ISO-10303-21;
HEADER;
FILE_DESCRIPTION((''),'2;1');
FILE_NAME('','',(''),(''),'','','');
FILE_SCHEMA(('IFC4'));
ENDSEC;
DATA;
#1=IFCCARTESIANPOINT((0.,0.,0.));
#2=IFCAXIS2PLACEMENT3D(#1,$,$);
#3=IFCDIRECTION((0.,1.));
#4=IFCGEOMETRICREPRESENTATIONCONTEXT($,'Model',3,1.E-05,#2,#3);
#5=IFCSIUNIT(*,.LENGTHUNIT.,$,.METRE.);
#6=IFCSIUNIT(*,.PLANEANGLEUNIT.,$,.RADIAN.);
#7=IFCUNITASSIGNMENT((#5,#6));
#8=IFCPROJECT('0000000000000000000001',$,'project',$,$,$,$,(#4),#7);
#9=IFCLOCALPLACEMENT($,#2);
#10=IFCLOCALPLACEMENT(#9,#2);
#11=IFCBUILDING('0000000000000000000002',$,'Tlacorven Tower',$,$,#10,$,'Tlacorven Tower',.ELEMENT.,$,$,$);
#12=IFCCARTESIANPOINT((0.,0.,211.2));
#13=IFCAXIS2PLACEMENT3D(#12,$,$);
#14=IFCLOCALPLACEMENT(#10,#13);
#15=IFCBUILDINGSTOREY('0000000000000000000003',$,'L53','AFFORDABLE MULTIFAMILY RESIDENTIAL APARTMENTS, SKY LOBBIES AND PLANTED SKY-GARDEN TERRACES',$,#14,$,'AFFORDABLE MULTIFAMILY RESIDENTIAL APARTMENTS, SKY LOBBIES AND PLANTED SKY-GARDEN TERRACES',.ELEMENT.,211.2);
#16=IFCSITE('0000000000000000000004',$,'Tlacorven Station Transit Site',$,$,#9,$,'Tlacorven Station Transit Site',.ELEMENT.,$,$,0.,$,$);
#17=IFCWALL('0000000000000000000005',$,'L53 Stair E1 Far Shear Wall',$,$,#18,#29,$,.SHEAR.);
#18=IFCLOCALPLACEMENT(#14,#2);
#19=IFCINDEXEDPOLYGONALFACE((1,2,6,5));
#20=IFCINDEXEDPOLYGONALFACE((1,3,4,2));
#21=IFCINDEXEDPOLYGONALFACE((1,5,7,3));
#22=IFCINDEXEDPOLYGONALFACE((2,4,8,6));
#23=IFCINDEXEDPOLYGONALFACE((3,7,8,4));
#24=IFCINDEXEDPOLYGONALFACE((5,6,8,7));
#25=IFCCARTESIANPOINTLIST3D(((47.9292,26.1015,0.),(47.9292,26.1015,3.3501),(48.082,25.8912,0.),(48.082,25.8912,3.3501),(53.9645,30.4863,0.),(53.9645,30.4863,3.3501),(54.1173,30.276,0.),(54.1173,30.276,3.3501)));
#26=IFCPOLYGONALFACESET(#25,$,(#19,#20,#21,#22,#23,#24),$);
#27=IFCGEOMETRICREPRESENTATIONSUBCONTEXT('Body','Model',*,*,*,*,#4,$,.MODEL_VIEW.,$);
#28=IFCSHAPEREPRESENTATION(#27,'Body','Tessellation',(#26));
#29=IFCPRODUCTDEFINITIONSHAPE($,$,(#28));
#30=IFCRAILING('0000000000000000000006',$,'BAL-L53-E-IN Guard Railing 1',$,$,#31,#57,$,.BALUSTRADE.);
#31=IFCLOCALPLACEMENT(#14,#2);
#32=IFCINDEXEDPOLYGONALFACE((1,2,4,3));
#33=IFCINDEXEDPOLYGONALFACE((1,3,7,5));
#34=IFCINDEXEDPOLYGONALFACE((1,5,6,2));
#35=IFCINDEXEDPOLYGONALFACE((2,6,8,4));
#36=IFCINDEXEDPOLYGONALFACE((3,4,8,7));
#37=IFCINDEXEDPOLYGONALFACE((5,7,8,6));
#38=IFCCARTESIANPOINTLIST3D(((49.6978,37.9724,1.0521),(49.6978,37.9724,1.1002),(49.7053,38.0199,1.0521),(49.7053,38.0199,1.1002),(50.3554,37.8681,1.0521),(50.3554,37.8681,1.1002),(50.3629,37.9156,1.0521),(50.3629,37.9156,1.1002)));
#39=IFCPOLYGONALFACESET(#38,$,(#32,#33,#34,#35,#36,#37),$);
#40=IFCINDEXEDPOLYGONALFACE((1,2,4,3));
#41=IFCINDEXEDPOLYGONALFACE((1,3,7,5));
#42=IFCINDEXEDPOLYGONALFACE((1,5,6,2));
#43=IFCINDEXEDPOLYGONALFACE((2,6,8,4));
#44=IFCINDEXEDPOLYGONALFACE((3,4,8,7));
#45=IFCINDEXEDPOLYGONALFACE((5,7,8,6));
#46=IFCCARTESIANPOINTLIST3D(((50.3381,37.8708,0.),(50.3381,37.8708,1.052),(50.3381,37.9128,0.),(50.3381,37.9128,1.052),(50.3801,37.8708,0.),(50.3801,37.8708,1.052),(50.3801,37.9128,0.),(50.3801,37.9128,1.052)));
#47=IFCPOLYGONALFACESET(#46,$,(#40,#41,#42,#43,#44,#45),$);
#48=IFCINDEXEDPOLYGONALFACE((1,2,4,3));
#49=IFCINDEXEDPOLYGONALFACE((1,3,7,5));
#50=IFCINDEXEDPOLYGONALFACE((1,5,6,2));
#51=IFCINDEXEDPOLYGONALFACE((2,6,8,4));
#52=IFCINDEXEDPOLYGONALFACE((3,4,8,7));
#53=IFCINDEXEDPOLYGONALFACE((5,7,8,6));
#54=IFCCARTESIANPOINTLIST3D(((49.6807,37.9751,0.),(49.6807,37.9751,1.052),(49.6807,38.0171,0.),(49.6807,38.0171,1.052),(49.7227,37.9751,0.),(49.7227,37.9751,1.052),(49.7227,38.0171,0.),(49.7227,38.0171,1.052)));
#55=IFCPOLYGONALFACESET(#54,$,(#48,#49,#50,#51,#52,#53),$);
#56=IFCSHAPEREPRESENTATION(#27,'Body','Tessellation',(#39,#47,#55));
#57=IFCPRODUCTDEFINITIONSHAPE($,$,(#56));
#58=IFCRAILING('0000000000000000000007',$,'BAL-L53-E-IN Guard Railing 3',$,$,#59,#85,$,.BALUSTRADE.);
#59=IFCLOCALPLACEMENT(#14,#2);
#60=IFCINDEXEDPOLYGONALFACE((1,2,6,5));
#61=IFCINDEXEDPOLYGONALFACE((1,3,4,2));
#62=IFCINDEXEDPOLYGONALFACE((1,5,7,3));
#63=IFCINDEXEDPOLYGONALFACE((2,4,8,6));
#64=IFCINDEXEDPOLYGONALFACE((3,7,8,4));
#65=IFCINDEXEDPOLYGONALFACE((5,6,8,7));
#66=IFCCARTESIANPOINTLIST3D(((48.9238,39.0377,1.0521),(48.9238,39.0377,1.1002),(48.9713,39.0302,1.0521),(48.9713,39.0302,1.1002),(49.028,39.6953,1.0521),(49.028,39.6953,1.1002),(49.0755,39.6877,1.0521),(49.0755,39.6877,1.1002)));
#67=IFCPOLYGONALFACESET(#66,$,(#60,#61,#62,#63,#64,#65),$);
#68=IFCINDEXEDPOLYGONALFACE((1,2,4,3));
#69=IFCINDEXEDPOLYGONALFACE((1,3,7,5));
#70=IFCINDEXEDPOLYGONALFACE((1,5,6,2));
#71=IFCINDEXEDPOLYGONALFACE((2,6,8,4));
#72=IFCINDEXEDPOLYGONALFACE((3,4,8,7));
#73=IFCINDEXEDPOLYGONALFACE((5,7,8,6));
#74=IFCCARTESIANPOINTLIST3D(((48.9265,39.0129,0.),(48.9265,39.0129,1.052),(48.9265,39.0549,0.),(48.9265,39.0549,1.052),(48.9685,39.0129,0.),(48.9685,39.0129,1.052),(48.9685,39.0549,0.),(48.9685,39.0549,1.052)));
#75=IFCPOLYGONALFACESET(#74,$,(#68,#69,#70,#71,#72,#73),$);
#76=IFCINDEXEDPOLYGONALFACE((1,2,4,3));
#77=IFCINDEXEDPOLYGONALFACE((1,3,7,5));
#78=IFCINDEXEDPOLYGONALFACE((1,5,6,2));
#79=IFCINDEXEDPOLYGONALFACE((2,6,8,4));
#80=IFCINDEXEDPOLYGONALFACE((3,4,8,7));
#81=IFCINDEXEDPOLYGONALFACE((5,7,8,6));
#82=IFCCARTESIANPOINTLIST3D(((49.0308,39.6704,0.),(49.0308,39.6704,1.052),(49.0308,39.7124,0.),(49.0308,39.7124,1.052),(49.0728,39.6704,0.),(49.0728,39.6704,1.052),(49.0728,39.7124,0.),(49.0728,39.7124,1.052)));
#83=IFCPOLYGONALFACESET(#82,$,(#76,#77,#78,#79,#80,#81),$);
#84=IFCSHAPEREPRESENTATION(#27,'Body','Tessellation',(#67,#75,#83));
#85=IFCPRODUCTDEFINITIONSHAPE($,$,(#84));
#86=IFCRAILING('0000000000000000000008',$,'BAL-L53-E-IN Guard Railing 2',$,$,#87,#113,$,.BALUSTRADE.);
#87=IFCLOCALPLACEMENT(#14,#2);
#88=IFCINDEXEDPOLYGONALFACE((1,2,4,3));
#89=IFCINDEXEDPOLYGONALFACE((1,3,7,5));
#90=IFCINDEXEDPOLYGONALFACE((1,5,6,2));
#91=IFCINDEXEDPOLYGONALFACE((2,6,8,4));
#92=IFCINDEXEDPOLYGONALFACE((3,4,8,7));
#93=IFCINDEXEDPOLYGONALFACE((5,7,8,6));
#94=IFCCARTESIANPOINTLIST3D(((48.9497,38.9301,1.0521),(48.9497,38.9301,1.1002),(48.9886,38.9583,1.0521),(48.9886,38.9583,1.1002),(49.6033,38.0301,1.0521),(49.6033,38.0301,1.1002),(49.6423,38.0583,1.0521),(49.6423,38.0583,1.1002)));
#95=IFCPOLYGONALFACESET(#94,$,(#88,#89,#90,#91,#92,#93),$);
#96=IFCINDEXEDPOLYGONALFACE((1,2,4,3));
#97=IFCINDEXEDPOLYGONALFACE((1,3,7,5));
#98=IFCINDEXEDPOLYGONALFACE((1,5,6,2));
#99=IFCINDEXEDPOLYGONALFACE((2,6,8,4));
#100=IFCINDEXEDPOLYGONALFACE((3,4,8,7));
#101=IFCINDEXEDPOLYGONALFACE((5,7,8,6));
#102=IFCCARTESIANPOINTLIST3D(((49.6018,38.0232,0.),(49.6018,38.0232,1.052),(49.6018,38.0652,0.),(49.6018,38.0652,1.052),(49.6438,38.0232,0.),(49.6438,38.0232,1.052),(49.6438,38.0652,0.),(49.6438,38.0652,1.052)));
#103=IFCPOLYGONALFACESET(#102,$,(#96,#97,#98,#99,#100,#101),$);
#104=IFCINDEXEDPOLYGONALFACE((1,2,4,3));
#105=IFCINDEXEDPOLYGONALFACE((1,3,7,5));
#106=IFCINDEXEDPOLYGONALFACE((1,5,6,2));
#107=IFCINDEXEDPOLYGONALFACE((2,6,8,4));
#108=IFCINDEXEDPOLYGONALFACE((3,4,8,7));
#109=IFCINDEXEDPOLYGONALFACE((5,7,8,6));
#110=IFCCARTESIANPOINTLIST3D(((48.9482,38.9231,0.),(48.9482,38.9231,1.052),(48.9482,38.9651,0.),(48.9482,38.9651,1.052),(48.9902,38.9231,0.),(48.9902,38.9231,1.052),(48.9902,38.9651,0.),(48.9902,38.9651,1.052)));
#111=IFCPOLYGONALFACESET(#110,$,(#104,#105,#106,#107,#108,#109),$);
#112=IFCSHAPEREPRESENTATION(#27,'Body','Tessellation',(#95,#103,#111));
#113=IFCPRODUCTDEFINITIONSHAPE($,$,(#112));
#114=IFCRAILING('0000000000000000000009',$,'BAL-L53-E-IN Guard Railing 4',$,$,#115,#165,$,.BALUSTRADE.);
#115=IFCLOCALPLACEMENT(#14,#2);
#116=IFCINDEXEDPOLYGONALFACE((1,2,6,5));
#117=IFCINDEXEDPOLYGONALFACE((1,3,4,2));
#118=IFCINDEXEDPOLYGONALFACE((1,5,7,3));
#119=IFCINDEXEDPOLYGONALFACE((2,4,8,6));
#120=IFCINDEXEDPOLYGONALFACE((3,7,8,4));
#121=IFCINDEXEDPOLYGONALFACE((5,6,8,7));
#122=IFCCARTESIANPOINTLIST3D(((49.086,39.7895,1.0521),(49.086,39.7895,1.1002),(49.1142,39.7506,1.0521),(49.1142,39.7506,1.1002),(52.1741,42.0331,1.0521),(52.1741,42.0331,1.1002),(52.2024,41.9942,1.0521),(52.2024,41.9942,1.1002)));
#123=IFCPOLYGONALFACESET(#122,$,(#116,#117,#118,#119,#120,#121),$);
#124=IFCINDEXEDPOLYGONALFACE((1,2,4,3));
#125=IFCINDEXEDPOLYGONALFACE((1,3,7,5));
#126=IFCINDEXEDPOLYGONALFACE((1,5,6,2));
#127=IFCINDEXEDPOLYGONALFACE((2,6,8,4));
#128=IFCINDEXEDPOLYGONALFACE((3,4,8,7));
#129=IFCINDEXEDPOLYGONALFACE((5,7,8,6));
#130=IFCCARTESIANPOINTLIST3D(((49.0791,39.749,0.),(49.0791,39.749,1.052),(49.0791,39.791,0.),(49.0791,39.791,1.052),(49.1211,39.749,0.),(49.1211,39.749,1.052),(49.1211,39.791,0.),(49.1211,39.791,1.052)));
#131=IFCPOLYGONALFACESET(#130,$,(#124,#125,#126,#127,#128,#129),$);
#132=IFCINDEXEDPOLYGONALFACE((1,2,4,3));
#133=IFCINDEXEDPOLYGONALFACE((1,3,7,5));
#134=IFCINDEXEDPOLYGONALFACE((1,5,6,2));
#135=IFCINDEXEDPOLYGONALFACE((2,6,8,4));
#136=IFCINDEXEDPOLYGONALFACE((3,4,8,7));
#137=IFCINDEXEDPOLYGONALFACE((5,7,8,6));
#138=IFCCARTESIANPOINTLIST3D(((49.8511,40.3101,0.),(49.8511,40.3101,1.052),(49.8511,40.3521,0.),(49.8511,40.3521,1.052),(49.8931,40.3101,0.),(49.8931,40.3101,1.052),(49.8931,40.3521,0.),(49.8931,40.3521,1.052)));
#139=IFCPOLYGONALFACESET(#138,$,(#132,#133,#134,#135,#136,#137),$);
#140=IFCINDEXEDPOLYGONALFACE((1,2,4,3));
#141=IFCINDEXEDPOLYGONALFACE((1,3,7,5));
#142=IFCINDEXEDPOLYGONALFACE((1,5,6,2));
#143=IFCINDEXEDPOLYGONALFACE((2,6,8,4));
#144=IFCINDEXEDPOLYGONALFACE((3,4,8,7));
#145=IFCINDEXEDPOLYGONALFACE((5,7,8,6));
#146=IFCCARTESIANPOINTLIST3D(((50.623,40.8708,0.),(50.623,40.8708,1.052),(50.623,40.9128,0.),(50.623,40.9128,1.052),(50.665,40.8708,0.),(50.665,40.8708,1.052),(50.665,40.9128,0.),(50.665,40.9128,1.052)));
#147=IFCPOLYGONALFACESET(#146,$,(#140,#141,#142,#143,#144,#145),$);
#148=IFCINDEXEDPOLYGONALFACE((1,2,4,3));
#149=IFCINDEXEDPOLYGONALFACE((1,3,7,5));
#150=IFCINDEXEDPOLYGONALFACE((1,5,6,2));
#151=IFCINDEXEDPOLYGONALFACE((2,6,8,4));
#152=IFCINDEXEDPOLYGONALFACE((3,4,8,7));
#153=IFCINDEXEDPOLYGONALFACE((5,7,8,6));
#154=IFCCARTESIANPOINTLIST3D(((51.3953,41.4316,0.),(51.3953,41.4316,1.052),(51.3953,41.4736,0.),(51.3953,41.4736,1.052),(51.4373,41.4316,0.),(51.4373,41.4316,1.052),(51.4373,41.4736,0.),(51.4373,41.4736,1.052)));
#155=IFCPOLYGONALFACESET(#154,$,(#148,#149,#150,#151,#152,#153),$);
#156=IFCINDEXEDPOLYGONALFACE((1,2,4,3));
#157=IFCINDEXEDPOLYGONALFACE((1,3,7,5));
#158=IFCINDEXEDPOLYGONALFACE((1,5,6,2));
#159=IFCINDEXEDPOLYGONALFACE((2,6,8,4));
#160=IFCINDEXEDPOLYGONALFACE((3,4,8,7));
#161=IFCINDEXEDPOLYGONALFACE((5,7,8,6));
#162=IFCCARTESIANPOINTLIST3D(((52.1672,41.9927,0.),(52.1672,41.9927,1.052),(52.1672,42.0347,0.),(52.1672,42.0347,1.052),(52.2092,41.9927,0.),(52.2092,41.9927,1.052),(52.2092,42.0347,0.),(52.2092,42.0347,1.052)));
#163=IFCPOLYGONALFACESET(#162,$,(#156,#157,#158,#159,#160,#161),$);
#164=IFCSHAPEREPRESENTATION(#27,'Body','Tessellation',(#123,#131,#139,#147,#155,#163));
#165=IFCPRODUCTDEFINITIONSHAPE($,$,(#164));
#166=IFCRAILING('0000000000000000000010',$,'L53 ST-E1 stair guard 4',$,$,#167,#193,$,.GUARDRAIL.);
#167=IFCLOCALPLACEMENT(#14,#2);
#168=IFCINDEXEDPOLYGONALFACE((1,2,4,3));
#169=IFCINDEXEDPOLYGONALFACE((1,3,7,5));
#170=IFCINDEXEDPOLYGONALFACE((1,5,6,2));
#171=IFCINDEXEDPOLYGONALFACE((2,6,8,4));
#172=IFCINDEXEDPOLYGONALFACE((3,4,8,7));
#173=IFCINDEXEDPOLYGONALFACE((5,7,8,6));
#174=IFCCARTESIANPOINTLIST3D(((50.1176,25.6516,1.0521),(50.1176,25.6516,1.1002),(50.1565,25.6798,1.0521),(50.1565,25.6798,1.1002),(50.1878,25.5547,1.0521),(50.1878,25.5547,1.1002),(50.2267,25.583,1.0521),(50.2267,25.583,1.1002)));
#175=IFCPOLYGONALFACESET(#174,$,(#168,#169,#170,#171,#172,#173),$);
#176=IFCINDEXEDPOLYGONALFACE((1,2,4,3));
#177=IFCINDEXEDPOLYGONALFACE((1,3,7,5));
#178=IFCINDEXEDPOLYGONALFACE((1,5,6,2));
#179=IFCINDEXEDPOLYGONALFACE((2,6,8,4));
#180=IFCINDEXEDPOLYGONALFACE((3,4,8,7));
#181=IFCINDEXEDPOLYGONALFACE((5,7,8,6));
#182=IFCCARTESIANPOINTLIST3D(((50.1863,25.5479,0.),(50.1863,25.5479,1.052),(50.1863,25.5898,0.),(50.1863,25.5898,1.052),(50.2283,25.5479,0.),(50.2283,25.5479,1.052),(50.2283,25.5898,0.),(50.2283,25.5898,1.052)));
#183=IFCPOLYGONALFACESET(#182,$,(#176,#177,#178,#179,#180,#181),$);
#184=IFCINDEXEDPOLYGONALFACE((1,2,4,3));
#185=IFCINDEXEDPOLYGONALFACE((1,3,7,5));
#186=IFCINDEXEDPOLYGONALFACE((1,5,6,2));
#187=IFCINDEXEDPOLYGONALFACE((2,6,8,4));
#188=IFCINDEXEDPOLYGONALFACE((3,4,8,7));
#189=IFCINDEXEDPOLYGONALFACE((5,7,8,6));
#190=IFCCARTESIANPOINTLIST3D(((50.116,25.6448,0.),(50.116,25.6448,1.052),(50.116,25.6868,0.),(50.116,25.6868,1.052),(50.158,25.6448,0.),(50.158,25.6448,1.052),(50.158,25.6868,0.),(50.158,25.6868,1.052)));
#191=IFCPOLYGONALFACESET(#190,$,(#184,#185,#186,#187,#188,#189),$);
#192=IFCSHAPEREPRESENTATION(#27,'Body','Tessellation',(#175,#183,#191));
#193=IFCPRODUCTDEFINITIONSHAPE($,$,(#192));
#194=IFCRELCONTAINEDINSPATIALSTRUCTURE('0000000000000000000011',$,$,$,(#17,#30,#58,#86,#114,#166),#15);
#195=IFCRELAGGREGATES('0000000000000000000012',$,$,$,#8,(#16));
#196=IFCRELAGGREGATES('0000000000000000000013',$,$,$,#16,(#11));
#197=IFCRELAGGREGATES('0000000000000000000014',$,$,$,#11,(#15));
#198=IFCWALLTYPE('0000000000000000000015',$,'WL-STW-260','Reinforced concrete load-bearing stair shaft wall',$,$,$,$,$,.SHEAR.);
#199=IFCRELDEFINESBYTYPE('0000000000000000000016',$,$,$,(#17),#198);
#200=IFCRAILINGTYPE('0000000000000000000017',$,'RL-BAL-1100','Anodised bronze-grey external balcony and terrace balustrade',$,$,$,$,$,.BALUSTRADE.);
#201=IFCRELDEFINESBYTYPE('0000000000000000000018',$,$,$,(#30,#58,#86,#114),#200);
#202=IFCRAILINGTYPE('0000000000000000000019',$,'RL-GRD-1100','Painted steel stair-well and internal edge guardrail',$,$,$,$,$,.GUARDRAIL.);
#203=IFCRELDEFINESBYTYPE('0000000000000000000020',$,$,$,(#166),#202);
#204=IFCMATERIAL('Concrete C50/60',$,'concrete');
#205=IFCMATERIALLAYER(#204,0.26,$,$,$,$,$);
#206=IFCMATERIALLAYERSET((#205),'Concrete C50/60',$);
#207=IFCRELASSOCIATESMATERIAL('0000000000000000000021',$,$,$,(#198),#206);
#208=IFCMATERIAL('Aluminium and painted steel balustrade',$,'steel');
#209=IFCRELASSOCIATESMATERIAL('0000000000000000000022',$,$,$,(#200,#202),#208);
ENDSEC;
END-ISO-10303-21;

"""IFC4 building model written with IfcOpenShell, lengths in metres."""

from ifc_helpers import new_model, si_unit, direction, frame, frame_2d, origin, origin_2d, place, context, subcontext, project, spatial, rectangle, extrude, source, transform, mapped, material, layer, layer_set, type_object, element, save


model = new_model("IFC4")

# Units and contexts
model_context = context("Model", 3, precision=1e-05, world=origin(), true_north=direction((0.0, 1.0)))
body_context = subcontext(model_context, "Body", "Model", "MODEL_VIEW")
ifc_project = project(units=[si_unit("LENGTHUNIT", "METRE"), si_unit("PLANEANGLEUNIT", "RADIAN")], contexts=[model_context])

# Site, building, storey
site_placement = place(None, origin())
site = spatial("IfcSite", under=ifc_project, at=site_placement, Name="Tlacorven Station Transit Site", LongName="Tlacorven Station Transit Site", CompositionType="ELEMENT", RefElevation=0.0)
building_placement = place(site_placement, origin())
building = spatial("IfcBuilding", under=site, at=building_placement, Name="Tlacorven Tower", LongName="Tlacorven Tower", CompositionType="ELEMENT")
storey_placement = place(building_placement, frame((0.0, 0.0, 211.2)))
storey = spatial("IfcBuildingStorey", under=building, at=storey_placement, Name="L53", Description="AFFORDABLE MULTIFAMILY RESIDENTIAL APARTMENTS, SKY LOBBIES AND PLANTED SKY-GARDEN TERRACES", LongName="AFFORDABLE MULTIFAMILY RESIDENTIAL APARTMENTS, SKY LOBBIES AND PLANTED SKY-GARDEN TERRACES", CompositionType="ELEMENT", Elevation=211.2)

# Wall
ifc_material_1 = material(Name="Concrete C50/60", Category="concrete")
ifc_layer_1 = layer(ifc_material_1, 0.26)
ifc_layer_set_1 = layer_set([ifc_layer_1], Name="Concrete C50/60")
wall_type_1 = type_object("IfcWallType", Name="WL-STW-260", Description="Reinforced concrete load-bearing stair shaft wall", PredefinedType="SHEAR", material=ifc_layer_set_1)
wall_1_placement = place(storey_placement, frame((48.0056, 25.9963, 0.0), z_axis=(0.0, 0.0, 1.0), x_axis=(0.809019, 0.587782, 0.0)))
element("IfcWall", 1, at=wall_1_placement, inside=storey, type_object=wall_type_1, Name="L53 Stair E1 Far Shear Wall", PredefinedType="SHEAR", context=body_context, shape_type="SweptSolid", body=[
    extrude(rectangle(XDim=7.46, YDim=0.26, at=frame_2d((3.73, 0.0))), origin(), (0.0, 0.0, 1.0), 3.3501),
])

# Railings
ifc_material_2 = material(Name="Aluminium and painted steel balustrade", Category="steel")
railing_type_1 = type_object("IfcRailingType", Name="RL-BAL-1100", Description="Anodised bronze-grey external balcony and terrace balustrade", PredefinedType="BALUSTRADE", material=ifc_material_2)
shared_shape_1 = source(origin(), body_context, "Body", "SweptSolid", [
    extrude(rectangle(XDim=0.0481, YDim=0.0481, at=origin_2d()), frame((0.0, 0.0, 1.0762), z_axis=(-0.987662, 0.156603, 0.0), x_axis=(-0.156603, -0.987662, 0.0)), (0.0, 0.0, 1.0), 0.6658),
    extrude(rectangle(XDim=0.042, YDim=0.042, at=origin_2d()), origin(), (0.0, 0.0, 1.0), 1.052),
    extrude(rectangle(XDim=0.042, YDim=0.042, at=origin_2d()), frame((-0.6575, 0.1042, 0.0)), (0.0, 0.0, 1.0), 1.052),
])
railing_1_placement = place(storey_placement, frame((50.3591, 37.8918, 0.0)))
element("IfcRailing", 2, at=railing_1_placement, inside=storey, type_object=railing_type_1, Name="BAL-L53-E-IN Guard Railing 1", PredefinedType="BALUSTRADE", context=body_context, shape_type="MappedRepresentation", body=[
    mapped(shared_shape_1, transform((0.0, 0.0, 0.0), scale=1.0)),
])
shared_shape_2 = source(origin(), body_context, "Body", "SweptSolid", [
    extrude(rectangle(XDim=0.0481, YDim=0.0481, at=origin_2d()), frame((0.0, 0.0, 1.0762), z_axis=(0.156603, 0.987662, 0.0), x_axis=(-0.987662, 0.156603, 0.0)), (0.0, 0.0, 1.0), 0.6658),
    extrude(rectangle(XDim=0.042, YDim=0.042, at=origin_2d()), origin(), (0.0, 0.0, 1.0), 1.052),
    extrude(rectangle(XDim=0.042, YDim=0.042, at=origin_2d()), frame((0.1042, 0.6575, 0.0)), (0.0, 0.0, 1.0), 1.052),
])
railing_2_placement = place(storey_placement, frame((48.9475, 39.0339, 0.0)))
element("IfcRailing", 3, at=railing_2_placement, inside=storey, type_object=railing_type_1, Name="BAL-L53-E-IN Guard Railing 3", PredefinedType="BALUSTRADE", context=body_context, shape_type="MappedRepresentation", body=[
    mapped(shared_shape_2, transform((0.0, 0.0, 0.0), scale=1.0)),
])
shared_shape_3 = source(origin(), body_context, "Body", "SweptSolid", [
    extrude(rectangle(XDim=0.0481, YDim=0.0481, at=origin_2d()), frame((0.0, 0.0, 1.0762), z_axis=(-0.587636, 0.809125, 0.0), x_axis=(-0.809125, -0.587636, 0.0)), (0.0, 0.0, 1.0), 1.1123),
    extrude(rectangle(XDim=0.042, YDim=0.042, at=origin_2d()), origin(), (0.0, 0.0, 1.0), 1.052),
    extrude(rectangle(XDim=0.042, YDim=0.042, at=origin_2d()), frame((-0.6536, 0.8999, 0.0)), (0.0, 0.0, 1.0), 1.052),
])
railing_3_placement = place(storey_placement, frame((49.6228, 38.0442, 0.0)))
element("IfcRailing", 4, at=railing_3_placement, inside=storey, type_object=railing_type_1, Name="BAL-L53-E-IN Guard Railing 2", PredefinedType="BALUSTRADE", context=body_context, shape_type="MappedRepresentation", body=[
    mapped(shared_shape_3, transform((0.0, 0.0, 0.0), scale=1.0)),
])
shared_shape_4 = source(origin(), body_context, "Body", "SweptSolid", [
    extrude(rectangle(XDim=0.0481, YDim=0.0481, at=origin_2d()), frame((0.0, 0.0, 1.0762), z_axis=(0.809018, 0.587784, 0.0), x_axis=(-0.587784, 0.809018, 0.0)), (0.0, 0.0, 1.0), 3.8171),
    extrude(rectangle(XDim=0.042, YDim=0.042, at=origin_2d()), origin(), (0.0, 0.0, 1.0), 1.052),
    extrude(rectangle(XDim=0.042, YDim=0.042, at=origin_2d()), frame((0.772, 0.561, 0.0)), (0.0, 0.0, 1.0), 1.052),
    extrude(rectangle(XDim=0.042, YDim=0.042, at=origin_2d()), frame((1.5439, 1.1218, 0.0)), (0.0, 0.0, 1.0), 1.052),
    extrude(rectangle(XDim=0.042, YDim=0.042, at=origin_2d()), frame((2.3162, 1.6826, 0.0)), (0.0, 0.0, 1.0), 1.052),
    extrude(rectangle(XDim=0.042, YDim=0.042, at=origin_2d()), frame((3.0881, 2.2437, 0.0)), (0.0, 0.0, 1.0), 1.052),
])
railing_4_placement = place(storey_placement, frame((49.1001, 39.77, 0.0)))
element("IfcRailing", 5, at=railing_4_placement, inside=storey, type_object=railing_type_1, Name="BAL-L53-E-IN Guard Railing 4", PredefinedType="BALUSTRADE", context=body_context, shape_type="MappedRepresentation", body=[
    mapped(shared_shape_4, transform((0.0, 0.0, 0.0), scale=1.0)),
])
railing_type_2 = type_object("IfcRailingType", Name="RL-GRD-1100", Description="Painted steel stair-well and internal edge guardrail", PredefinedType="GUARDRAIL", material=ifc_material_2)
shared_shape_5 = source(origin(), body_context, "Body", "SweptSolid", [
    extrude(rectangle(XDim=0.0481, YDim=0.0481, at=origin_2d()), frame((0.0, 0.0, 1.0762), z_axis=(-0.587201, 0.809441, 0.0), x_axis=(-0.809441, -0.587201, 0.0)), (0.0, 0.0, 1.0), 0.1196),
    extrude(rectangle(XDim=0.042, YDim=0.042, at=origin_2d()), origin(), (0.0, 0.0, 1.0), 1.052),
    extrude(rectangle(XDim=0.042, YDim=0.042, at=origin_2d()), frame((-0.0703, 0.0969, 0.0)), (0.0, 0.0, 1.0), 1.052),
])
railing_5_placement = place(storey_placement, frame((50.2073, 25.5688, 0.0)))
element("IfcRailing", 6, at=railing_5_placement, inside=storey, type_object=railing_type_2, Name="L53 ST-E1 stair guard 4", PredefinedType="GUARDRAIL", context=body_context, shape_type="MappedRepresentation", body=[
    mapped(shared_shape_5, transform((0.0, 0.0, 0.0), scale=1.0)),
])

save(model, "model.ifc")
